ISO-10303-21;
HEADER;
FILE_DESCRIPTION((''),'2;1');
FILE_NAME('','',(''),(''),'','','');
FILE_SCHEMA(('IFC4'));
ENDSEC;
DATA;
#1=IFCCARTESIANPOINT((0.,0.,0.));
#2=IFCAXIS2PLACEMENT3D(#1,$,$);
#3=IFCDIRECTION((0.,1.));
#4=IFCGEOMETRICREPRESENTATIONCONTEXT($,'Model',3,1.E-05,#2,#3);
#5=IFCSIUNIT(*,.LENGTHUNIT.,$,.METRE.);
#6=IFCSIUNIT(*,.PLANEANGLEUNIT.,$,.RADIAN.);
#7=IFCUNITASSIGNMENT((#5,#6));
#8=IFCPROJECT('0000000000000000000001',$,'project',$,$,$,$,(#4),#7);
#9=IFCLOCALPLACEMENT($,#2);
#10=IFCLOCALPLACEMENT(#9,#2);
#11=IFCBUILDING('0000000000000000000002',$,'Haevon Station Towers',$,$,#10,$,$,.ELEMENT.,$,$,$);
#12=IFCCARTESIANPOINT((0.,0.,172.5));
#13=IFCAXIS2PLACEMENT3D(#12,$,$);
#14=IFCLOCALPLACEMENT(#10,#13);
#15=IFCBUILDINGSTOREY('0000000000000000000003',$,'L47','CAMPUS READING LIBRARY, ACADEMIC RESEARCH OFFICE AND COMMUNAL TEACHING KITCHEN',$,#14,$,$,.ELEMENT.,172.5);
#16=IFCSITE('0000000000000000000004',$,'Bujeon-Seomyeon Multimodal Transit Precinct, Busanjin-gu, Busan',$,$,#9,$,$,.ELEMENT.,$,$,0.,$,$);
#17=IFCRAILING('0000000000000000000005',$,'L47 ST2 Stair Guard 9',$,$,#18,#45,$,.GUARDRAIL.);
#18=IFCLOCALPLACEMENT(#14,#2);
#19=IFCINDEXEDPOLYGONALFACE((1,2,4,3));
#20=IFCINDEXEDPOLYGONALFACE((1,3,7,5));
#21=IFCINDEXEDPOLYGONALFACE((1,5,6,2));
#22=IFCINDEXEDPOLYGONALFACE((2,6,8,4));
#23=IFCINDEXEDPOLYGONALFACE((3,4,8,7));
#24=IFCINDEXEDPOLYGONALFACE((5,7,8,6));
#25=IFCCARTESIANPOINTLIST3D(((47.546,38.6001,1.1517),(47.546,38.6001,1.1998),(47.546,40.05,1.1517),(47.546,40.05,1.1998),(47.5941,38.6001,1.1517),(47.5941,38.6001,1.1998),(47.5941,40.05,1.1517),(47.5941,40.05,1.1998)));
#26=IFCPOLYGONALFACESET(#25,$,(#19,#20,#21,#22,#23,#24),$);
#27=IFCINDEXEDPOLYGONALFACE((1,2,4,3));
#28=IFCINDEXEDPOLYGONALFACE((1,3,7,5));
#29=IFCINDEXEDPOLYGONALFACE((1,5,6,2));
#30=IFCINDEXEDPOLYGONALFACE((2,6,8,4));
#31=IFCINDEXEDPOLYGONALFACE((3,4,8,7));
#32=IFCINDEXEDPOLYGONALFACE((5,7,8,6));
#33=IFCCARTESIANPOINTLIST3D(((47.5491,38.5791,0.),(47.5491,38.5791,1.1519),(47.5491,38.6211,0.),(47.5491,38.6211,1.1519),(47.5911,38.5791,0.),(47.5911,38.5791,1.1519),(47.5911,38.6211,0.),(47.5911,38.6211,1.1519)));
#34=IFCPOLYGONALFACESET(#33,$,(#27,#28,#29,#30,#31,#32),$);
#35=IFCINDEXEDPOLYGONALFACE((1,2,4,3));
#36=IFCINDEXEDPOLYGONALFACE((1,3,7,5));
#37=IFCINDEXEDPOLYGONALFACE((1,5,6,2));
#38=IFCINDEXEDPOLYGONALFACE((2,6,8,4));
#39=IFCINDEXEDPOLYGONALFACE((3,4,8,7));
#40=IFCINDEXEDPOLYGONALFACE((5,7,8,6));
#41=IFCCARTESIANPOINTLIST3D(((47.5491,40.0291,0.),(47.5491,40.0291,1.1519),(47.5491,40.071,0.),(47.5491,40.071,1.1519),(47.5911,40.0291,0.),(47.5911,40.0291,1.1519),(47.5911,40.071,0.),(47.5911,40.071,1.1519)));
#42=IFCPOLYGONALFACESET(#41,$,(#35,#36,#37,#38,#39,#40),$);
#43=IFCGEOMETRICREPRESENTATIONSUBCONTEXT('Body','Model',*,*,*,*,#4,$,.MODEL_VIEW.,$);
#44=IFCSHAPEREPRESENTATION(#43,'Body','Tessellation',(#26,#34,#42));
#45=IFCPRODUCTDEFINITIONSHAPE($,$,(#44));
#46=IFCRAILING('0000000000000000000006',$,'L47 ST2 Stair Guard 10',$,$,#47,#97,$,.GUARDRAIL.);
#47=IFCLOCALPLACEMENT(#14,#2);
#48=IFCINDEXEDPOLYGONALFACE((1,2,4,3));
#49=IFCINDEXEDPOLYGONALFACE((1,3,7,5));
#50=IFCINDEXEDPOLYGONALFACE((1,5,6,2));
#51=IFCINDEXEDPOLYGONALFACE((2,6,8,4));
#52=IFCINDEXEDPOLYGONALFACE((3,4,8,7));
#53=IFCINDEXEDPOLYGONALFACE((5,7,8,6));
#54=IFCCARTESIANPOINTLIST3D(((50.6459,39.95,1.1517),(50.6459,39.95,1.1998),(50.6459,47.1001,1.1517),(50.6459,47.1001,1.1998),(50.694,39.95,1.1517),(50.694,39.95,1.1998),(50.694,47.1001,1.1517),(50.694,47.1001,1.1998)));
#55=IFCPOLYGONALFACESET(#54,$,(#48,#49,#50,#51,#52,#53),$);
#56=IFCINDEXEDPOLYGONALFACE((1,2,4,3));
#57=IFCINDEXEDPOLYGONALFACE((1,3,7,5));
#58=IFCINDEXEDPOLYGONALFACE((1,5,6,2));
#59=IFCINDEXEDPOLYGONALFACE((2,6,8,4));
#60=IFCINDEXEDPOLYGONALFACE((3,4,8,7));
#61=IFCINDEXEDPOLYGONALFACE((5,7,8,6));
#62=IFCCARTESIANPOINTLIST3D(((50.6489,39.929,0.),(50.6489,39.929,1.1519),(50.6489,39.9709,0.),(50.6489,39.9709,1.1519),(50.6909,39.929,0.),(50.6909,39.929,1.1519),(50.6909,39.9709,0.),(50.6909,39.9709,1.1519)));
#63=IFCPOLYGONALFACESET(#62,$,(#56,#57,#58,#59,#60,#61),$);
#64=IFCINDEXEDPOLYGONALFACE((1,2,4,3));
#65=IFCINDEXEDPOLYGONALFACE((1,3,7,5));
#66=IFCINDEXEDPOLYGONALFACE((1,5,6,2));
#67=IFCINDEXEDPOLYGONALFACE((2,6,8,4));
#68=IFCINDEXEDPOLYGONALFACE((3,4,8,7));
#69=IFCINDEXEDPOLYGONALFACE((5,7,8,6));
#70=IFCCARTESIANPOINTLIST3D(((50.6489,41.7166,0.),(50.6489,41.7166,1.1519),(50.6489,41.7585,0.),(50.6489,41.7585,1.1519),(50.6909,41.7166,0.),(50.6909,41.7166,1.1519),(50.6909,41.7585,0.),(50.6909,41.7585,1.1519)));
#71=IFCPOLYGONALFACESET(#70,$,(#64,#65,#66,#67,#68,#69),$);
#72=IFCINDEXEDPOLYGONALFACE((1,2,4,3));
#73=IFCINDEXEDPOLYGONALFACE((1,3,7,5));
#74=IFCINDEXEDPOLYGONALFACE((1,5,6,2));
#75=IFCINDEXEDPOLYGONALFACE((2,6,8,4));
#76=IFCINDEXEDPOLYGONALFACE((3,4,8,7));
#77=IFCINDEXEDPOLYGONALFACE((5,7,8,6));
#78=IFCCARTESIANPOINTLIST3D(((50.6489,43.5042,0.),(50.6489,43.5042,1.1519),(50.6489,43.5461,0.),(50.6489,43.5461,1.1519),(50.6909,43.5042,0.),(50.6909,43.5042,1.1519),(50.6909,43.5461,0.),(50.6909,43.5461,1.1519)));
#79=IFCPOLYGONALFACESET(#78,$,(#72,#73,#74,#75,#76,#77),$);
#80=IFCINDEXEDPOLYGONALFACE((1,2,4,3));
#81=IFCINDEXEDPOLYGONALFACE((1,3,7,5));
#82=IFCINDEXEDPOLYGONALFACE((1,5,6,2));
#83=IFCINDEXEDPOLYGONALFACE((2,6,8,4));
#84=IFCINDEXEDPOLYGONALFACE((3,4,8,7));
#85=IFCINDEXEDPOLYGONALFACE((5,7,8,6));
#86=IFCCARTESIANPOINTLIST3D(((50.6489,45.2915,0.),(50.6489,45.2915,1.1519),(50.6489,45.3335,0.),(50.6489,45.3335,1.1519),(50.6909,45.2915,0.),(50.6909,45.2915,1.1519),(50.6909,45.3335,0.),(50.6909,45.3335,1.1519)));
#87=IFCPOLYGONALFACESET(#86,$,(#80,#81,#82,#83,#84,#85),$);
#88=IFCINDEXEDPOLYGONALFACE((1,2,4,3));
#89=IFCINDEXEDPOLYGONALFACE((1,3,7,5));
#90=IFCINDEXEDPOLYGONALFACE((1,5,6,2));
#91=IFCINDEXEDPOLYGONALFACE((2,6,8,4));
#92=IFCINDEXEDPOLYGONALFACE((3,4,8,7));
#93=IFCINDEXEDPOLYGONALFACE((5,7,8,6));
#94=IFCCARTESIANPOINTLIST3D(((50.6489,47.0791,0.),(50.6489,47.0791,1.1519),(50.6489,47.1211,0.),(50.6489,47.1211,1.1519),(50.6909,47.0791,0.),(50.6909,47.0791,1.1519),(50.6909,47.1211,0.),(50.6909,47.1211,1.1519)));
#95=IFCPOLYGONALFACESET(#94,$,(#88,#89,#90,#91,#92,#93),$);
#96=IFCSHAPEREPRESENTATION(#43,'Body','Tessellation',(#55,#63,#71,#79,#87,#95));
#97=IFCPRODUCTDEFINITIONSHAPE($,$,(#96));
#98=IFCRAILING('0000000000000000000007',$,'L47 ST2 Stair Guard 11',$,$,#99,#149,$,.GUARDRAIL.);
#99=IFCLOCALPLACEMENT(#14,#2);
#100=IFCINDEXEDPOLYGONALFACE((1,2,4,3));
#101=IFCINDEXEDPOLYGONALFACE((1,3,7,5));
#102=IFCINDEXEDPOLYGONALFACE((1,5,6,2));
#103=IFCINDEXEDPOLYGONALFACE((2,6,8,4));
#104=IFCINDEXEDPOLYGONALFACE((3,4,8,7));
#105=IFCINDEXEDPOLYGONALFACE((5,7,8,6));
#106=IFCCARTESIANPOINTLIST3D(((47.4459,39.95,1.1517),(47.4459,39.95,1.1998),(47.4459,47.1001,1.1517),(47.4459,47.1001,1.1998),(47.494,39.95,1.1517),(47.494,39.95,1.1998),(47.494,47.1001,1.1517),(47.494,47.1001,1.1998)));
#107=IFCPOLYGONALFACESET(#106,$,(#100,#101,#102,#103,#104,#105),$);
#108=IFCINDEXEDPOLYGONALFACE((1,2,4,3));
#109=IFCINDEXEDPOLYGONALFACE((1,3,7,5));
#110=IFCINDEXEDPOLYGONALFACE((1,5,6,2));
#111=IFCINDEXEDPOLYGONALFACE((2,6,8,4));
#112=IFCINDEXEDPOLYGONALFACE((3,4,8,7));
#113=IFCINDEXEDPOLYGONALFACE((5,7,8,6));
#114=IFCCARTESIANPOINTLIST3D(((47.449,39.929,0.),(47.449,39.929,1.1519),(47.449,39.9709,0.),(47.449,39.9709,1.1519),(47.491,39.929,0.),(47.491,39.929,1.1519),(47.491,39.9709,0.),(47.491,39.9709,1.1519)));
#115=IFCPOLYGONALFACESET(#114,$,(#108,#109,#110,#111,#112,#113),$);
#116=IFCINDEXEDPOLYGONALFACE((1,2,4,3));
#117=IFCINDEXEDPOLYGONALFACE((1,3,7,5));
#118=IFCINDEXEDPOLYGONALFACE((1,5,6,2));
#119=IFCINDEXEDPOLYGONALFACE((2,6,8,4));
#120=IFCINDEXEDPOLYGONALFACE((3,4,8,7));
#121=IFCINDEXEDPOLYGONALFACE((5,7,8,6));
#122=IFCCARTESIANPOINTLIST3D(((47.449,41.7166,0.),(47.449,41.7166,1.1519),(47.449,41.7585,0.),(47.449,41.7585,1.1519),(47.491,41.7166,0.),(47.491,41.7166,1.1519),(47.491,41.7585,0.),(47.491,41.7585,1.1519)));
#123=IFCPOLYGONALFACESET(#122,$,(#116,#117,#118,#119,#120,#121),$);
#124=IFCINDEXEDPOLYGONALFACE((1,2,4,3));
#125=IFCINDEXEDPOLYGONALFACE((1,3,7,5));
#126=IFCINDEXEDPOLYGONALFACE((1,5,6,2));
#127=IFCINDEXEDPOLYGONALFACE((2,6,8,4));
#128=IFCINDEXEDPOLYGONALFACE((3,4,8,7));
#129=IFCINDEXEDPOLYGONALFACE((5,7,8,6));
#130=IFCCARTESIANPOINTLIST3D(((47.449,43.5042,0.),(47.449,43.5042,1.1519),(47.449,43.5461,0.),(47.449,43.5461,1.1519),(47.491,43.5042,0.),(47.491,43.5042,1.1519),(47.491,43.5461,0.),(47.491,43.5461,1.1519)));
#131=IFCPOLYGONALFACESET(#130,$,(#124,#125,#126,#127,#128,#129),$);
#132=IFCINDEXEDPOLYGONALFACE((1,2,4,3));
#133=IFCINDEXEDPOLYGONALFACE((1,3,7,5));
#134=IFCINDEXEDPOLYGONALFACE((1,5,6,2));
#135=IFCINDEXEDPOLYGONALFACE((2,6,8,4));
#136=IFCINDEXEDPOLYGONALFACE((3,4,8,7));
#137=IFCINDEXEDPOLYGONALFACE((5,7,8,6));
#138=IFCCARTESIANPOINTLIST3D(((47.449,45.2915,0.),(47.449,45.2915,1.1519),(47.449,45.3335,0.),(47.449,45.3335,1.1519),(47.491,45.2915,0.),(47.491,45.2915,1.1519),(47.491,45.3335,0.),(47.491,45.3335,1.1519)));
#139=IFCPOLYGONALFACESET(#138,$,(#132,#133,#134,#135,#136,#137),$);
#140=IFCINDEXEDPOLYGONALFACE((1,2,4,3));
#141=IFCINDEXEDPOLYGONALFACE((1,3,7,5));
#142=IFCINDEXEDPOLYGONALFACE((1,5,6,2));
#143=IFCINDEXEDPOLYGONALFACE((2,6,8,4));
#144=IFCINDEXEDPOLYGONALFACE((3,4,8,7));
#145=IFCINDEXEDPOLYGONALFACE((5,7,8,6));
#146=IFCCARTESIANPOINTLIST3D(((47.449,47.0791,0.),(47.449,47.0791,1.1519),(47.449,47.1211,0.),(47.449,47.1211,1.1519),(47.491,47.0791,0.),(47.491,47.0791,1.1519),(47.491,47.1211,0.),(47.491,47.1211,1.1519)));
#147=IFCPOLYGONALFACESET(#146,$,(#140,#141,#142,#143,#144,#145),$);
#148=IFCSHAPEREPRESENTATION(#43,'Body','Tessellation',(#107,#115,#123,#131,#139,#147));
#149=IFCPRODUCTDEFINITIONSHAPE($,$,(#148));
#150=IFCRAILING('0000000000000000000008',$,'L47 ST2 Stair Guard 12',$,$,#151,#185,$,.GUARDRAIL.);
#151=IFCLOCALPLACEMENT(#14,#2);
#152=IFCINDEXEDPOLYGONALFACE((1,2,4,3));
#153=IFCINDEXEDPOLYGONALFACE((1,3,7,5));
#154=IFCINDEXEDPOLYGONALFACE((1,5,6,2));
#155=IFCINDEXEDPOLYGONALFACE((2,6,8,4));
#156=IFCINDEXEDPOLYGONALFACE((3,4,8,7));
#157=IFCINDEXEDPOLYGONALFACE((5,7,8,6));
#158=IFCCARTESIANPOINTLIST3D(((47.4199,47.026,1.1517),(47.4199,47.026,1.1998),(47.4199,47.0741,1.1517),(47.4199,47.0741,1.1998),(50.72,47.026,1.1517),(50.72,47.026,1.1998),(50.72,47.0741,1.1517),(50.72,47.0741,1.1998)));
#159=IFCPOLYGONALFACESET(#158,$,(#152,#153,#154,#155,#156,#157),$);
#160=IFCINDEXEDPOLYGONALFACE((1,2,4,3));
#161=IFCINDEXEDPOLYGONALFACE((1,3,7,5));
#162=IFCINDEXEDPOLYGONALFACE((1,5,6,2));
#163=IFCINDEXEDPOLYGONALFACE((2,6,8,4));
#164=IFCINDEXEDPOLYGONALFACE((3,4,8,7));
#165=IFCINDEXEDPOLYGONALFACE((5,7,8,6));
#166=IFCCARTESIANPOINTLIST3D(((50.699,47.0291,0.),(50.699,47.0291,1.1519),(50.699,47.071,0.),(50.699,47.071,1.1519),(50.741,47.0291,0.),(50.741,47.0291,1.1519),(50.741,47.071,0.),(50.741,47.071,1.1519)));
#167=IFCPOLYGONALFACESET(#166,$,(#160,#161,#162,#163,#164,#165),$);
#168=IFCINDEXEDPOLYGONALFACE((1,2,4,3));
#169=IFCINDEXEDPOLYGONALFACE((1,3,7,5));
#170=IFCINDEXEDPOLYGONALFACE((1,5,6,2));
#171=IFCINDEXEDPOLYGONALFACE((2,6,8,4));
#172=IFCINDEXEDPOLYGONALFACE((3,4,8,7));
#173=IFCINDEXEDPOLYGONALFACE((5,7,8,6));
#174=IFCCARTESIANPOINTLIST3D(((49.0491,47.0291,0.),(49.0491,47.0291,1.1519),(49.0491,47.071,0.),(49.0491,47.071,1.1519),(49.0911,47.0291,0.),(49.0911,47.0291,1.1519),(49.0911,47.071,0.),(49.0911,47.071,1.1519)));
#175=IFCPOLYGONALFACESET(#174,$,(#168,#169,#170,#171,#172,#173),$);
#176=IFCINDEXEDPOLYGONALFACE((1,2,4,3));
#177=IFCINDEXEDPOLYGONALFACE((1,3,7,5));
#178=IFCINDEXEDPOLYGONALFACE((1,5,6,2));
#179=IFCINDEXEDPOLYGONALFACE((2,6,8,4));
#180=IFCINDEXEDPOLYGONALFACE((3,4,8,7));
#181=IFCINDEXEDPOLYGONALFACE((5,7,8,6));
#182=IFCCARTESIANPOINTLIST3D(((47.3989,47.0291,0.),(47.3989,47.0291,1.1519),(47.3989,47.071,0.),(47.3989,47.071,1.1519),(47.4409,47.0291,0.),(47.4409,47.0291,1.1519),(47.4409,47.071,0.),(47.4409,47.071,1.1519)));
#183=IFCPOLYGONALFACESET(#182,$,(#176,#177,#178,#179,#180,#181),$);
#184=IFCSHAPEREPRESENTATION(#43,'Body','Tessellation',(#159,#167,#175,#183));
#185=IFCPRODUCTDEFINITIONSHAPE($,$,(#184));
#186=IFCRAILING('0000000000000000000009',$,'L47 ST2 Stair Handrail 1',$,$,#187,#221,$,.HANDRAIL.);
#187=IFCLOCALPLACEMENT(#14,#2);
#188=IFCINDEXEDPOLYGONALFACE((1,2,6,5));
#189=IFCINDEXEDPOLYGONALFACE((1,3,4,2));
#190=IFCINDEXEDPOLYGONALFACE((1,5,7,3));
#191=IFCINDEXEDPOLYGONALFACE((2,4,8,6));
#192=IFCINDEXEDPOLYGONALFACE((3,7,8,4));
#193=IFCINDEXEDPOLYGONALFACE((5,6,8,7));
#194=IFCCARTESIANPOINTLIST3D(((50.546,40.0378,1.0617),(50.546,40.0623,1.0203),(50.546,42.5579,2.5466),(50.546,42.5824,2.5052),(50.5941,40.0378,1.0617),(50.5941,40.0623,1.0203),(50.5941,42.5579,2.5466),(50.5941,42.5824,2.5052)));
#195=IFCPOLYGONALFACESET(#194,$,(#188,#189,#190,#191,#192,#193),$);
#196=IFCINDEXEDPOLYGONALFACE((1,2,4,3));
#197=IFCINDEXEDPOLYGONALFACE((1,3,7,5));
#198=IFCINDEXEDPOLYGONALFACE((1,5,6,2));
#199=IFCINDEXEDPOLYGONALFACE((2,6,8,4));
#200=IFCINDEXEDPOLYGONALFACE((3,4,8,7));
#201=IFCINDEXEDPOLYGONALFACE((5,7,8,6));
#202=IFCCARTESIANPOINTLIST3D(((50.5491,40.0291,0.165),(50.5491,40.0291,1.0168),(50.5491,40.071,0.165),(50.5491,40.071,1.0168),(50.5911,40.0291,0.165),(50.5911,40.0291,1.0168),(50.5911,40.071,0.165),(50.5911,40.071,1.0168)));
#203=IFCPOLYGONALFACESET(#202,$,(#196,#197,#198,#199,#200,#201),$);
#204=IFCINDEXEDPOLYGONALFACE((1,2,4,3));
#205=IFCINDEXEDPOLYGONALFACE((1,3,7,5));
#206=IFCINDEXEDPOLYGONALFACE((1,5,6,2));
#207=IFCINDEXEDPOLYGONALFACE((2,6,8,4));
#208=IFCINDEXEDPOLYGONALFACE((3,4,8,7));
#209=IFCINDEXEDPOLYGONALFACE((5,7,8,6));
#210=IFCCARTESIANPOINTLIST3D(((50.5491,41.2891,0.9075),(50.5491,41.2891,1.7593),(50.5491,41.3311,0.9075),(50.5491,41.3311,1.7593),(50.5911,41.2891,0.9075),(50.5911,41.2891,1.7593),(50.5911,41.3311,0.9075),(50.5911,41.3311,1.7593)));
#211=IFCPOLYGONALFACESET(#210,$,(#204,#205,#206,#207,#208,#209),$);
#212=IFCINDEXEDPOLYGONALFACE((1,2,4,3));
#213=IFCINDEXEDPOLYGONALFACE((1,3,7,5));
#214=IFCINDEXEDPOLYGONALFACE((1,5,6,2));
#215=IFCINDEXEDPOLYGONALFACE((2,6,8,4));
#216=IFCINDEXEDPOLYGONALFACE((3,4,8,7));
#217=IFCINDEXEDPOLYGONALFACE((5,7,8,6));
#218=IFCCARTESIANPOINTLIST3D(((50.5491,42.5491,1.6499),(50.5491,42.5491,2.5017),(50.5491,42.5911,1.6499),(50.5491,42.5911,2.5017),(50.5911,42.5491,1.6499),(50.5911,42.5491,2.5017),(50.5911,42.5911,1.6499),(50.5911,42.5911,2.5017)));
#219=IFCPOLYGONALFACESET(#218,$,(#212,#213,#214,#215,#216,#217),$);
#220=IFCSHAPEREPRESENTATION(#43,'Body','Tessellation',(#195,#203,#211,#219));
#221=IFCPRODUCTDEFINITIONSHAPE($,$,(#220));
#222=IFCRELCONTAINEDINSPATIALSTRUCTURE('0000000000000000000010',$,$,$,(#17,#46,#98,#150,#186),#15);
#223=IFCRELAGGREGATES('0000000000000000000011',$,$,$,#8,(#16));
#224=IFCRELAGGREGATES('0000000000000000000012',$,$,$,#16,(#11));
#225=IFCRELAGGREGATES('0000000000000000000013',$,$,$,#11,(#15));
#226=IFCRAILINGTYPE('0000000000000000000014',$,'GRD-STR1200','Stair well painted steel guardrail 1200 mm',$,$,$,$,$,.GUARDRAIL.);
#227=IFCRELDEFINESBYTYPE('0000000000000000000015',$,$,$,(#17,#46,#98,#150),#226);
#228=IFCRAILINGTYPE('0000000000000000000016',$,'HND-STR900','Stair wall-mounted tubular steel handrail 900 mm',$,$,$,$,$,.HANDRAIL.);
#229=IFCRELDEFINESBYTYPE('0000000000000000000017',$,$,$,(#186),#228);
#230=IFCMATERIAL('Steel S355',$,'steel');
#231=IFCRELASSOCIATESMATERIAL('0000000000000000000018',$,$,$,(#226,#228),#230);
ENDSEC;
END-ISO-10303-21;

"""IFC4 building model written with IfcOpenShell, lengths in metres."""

from ifc_helpers import new_model, si_unit, direction, frame, origin, origin_2d, place, context, subcontext, project, spatial, rectangle, extrude, material, type_object, element, save


model = new_model("IFC4")

# Units and contexts
model_context = context("Model", 3, precision=1e-05, world=origin(), true_north=direction((0.0, 1.0)))
body_context = subcontext(model_context, "Body", "Model", "MODEL_VIEW")
ifc_project = project(units=[si_unit("LENGTHUNIT", "METRE"), si_unit("PLANEANGLEUNIT", "RADIAN")], contexts=[model_context])

# Site, building, storey
site_placement = place(None, origin())
site = spatial("IfcSite", under=ifc_project, at=site_placement, Name="Bujeon-Seomyeon Multimodal Transit Precinct, Busanjin-gu, Busan", CompositionType="ELEMENT", RefElevation=0.0)
building_placement = place(site_placement, origin())
building = spatial("IfcBuilding", under=site, at=building_placement, Name="Haevon Station Towers", CompositionType="ELEMENT")
storey_placement = place(building_placement, frame((0.0, 0.0, 172.5)))
storey = spatial("IfcBuildingStorey", under=building, at=storey_placement, Name="L47", Description="CAMPUS READING LIBRARY, ACADEMIC RESEARCH OFFICE AND COMMUNAL TEACHING KITCHEN", CompositionType="ELEMENT", Elevation=172.5)

# Shared definitions
ifc_material_1 = material(Name="Steel S355", Category="steel")

# Railings
railing_type_1 = type_object("IfcRailingType", Name="GRD-STR1200", Description="Stair well painted steel guardrail 1200 mm", PredefinedType="GUARDRAIL", material=ifc_material_1)
for number, where, name in (
    (1, (47.5701, 38.6001, 0.0), "L47 ST2 Stair Guard 9"),
):
    element("IfcRailing", number, at=place(storey_placement, frame(where)), inside=storey, type_object=railing_type_1, Name=name, PredefinedType="GUARDRAIL", context=body_context, shape_type="SweptSolid", body=[
        extrude(rectangle(XDim=0.0481, YDim=0.0481, at=origin_2d()), frame((0.0, 0.0, 1.1758), z_axis=(0.0, 1.0, 0.0), x_axis=(-1.0, 0.0, 0.0)), (0.0, 0.0, 1.0), 1.45),
        extrude(rectangle(XDim=0.042, YDim=0.042, at=origin_2d()), origin(), (0.0, 0.0, 1.0), 1.1519),
        extrude(rectangle(XDim=0.042, YDim=0.042, at=origin_2d()), frame((0.0, 1.45, 0.0)), (0.0, 0.0, 1.0), 1.1519),
    ])
for number, where, name in (
    (2, (50.6699, 39.95, 0.0), "L47 ST2 Stair Guard 10"),
    (3, (47.47, 39.95, 0.0), "L47 ST2 Stair Guard 11"),
):
    element("IfcRailing", number, at=place(storey_placement, frame(where)), inside=storey, type_object=railing_type_1, Name=name, PredefinedType="GUARDRAIL", context=body_context, shape_type="SweptSolid", body=[
        extrude(rectangle(XDim=0.0481, YDim=0.0481, at=origin_2d()), frame((0.0, 0.0, 1.1758), z_axis=(0.0, 1.0, 0.0), x_axis=(-1.0, 0.0, 0.0)), (0.0, 0.0, 1.0), 7.1501),
        extrude(rectangle(XDim=0.042, YDim=0.042, at=origin_2d()), origin(), (0.0, 0.0, 1.0), 1.1519),
        extrude(rectangle(XDim=0.042, YDim=0.042, at=origin_2d()), frame((0.0, 1.7876, 0.0)), (0.0, 0.0, 1.0), 1.1519),
        extrude(rectangle(XDim=0.042, YDim=0.042, at=origin_2d()), frame((0.0, 3.5752, 0.0)), (0.0, 0.0, 1.0), 1.1519),
        extrude(rectangle(XDim=0.042, YDim=0.042, at=origin_2d()), frame((0.0, 5.3625, 0.0)), (0.0, 0.0, 1.0), 1.1519),
        extrude(rectangle(XDim=0.042, YDim=0.042, at=origin_2d()), frame((0.0, 7.1501, 0.0)), (0.0, 0.0, 1.0), 1.1519),
    ])
railing_1_placement = place(storey_placement, frame((50.72, 47.05, 0.0)))
element("IfcRailing", 4, at=railing_1_placement, inside=storey, type_object=railing_type_1, Name="L47 ST2 Stair Guard 12", PredefinedType="GUARDRAIL", context=body_context, shape_type="SweptSolid", body=[
    extrude(rectangle(XDim=0.0481, YDim=0.0481, at=origin_2d()), frame((0.0, 0.0, 1.1758), z_axis=(-1.0, 0.0, 0.0), x_axis=(0.0, -1.0, 0.0)), (0.0, 0.0, 1.0), 3.3),
    extrude(rectangle(XDim=0.042, YDim=0.042, at=origin_2d()), origin(), (0.0, 0.0, 1.0), 1.1519),
    extrude(rectangle(XDim=0.042, YDim=0.042, at=origin_2d()), frame((-1.6499, 0.0, 0.0)), (0.0, 0.0, 1.0), 1.1519),
    extrude(rectangle(XDim=0.042, YDim=0.042, at=origin_2d()), frame((-3.3, 0.0, 0.0)), (0.0, 0.0, 1.0), 1.1519),
])
railing_type_2 = type_object("IfcRailingType", Name="HND-STR900", Description="Stair wall-mounted tubular steel handrail 900 mm", PredefinedType="HANDRAIL", material=ifc_material_1)
railing_2_placement = place(storey_placement, frame((50.5701, 40.05, 0.165)))
element("IfcRailing", 5, at=railing_2_placement, inside=storey, type_object=railing_type_2, Name="L47 ST2 Stair Handrail 1", PredefinedType="HANDRAIL", context=body_context, shape_type="SweptSolid", body=[
    extrude(rectangle(XDim=0.0481, YDim=0.0481, at=origin_2d()), frame((0.0, 0.0, 0.876), z_axis=(0.0, 0.861561, 0.507655), x_axis=(-1.0, 0.0, 0.0)), (0.0, 0.0, 1.0), 2.925),
    extrude(rectangle(XDim=0.042, YDim=0.042, at=origin_2d()), origin(), (0.0, 0.0, 1.0), 0.8518),
    extrude(rectangle(XDim=0.042, YDim=0.042, at=origin_2d()), frame((0.0, 1.26, 0.7424)), (0.0, 0.0, 1.0), 0.8518),
    extrude(rectangle(XDim=0.042, YDim=0.042, at=origin_2d()), frame((0.0, 2.52, 1.4849)), (0.0, 0.0, 1.0), 0.8518),
])

save(model, "model.ifc")
